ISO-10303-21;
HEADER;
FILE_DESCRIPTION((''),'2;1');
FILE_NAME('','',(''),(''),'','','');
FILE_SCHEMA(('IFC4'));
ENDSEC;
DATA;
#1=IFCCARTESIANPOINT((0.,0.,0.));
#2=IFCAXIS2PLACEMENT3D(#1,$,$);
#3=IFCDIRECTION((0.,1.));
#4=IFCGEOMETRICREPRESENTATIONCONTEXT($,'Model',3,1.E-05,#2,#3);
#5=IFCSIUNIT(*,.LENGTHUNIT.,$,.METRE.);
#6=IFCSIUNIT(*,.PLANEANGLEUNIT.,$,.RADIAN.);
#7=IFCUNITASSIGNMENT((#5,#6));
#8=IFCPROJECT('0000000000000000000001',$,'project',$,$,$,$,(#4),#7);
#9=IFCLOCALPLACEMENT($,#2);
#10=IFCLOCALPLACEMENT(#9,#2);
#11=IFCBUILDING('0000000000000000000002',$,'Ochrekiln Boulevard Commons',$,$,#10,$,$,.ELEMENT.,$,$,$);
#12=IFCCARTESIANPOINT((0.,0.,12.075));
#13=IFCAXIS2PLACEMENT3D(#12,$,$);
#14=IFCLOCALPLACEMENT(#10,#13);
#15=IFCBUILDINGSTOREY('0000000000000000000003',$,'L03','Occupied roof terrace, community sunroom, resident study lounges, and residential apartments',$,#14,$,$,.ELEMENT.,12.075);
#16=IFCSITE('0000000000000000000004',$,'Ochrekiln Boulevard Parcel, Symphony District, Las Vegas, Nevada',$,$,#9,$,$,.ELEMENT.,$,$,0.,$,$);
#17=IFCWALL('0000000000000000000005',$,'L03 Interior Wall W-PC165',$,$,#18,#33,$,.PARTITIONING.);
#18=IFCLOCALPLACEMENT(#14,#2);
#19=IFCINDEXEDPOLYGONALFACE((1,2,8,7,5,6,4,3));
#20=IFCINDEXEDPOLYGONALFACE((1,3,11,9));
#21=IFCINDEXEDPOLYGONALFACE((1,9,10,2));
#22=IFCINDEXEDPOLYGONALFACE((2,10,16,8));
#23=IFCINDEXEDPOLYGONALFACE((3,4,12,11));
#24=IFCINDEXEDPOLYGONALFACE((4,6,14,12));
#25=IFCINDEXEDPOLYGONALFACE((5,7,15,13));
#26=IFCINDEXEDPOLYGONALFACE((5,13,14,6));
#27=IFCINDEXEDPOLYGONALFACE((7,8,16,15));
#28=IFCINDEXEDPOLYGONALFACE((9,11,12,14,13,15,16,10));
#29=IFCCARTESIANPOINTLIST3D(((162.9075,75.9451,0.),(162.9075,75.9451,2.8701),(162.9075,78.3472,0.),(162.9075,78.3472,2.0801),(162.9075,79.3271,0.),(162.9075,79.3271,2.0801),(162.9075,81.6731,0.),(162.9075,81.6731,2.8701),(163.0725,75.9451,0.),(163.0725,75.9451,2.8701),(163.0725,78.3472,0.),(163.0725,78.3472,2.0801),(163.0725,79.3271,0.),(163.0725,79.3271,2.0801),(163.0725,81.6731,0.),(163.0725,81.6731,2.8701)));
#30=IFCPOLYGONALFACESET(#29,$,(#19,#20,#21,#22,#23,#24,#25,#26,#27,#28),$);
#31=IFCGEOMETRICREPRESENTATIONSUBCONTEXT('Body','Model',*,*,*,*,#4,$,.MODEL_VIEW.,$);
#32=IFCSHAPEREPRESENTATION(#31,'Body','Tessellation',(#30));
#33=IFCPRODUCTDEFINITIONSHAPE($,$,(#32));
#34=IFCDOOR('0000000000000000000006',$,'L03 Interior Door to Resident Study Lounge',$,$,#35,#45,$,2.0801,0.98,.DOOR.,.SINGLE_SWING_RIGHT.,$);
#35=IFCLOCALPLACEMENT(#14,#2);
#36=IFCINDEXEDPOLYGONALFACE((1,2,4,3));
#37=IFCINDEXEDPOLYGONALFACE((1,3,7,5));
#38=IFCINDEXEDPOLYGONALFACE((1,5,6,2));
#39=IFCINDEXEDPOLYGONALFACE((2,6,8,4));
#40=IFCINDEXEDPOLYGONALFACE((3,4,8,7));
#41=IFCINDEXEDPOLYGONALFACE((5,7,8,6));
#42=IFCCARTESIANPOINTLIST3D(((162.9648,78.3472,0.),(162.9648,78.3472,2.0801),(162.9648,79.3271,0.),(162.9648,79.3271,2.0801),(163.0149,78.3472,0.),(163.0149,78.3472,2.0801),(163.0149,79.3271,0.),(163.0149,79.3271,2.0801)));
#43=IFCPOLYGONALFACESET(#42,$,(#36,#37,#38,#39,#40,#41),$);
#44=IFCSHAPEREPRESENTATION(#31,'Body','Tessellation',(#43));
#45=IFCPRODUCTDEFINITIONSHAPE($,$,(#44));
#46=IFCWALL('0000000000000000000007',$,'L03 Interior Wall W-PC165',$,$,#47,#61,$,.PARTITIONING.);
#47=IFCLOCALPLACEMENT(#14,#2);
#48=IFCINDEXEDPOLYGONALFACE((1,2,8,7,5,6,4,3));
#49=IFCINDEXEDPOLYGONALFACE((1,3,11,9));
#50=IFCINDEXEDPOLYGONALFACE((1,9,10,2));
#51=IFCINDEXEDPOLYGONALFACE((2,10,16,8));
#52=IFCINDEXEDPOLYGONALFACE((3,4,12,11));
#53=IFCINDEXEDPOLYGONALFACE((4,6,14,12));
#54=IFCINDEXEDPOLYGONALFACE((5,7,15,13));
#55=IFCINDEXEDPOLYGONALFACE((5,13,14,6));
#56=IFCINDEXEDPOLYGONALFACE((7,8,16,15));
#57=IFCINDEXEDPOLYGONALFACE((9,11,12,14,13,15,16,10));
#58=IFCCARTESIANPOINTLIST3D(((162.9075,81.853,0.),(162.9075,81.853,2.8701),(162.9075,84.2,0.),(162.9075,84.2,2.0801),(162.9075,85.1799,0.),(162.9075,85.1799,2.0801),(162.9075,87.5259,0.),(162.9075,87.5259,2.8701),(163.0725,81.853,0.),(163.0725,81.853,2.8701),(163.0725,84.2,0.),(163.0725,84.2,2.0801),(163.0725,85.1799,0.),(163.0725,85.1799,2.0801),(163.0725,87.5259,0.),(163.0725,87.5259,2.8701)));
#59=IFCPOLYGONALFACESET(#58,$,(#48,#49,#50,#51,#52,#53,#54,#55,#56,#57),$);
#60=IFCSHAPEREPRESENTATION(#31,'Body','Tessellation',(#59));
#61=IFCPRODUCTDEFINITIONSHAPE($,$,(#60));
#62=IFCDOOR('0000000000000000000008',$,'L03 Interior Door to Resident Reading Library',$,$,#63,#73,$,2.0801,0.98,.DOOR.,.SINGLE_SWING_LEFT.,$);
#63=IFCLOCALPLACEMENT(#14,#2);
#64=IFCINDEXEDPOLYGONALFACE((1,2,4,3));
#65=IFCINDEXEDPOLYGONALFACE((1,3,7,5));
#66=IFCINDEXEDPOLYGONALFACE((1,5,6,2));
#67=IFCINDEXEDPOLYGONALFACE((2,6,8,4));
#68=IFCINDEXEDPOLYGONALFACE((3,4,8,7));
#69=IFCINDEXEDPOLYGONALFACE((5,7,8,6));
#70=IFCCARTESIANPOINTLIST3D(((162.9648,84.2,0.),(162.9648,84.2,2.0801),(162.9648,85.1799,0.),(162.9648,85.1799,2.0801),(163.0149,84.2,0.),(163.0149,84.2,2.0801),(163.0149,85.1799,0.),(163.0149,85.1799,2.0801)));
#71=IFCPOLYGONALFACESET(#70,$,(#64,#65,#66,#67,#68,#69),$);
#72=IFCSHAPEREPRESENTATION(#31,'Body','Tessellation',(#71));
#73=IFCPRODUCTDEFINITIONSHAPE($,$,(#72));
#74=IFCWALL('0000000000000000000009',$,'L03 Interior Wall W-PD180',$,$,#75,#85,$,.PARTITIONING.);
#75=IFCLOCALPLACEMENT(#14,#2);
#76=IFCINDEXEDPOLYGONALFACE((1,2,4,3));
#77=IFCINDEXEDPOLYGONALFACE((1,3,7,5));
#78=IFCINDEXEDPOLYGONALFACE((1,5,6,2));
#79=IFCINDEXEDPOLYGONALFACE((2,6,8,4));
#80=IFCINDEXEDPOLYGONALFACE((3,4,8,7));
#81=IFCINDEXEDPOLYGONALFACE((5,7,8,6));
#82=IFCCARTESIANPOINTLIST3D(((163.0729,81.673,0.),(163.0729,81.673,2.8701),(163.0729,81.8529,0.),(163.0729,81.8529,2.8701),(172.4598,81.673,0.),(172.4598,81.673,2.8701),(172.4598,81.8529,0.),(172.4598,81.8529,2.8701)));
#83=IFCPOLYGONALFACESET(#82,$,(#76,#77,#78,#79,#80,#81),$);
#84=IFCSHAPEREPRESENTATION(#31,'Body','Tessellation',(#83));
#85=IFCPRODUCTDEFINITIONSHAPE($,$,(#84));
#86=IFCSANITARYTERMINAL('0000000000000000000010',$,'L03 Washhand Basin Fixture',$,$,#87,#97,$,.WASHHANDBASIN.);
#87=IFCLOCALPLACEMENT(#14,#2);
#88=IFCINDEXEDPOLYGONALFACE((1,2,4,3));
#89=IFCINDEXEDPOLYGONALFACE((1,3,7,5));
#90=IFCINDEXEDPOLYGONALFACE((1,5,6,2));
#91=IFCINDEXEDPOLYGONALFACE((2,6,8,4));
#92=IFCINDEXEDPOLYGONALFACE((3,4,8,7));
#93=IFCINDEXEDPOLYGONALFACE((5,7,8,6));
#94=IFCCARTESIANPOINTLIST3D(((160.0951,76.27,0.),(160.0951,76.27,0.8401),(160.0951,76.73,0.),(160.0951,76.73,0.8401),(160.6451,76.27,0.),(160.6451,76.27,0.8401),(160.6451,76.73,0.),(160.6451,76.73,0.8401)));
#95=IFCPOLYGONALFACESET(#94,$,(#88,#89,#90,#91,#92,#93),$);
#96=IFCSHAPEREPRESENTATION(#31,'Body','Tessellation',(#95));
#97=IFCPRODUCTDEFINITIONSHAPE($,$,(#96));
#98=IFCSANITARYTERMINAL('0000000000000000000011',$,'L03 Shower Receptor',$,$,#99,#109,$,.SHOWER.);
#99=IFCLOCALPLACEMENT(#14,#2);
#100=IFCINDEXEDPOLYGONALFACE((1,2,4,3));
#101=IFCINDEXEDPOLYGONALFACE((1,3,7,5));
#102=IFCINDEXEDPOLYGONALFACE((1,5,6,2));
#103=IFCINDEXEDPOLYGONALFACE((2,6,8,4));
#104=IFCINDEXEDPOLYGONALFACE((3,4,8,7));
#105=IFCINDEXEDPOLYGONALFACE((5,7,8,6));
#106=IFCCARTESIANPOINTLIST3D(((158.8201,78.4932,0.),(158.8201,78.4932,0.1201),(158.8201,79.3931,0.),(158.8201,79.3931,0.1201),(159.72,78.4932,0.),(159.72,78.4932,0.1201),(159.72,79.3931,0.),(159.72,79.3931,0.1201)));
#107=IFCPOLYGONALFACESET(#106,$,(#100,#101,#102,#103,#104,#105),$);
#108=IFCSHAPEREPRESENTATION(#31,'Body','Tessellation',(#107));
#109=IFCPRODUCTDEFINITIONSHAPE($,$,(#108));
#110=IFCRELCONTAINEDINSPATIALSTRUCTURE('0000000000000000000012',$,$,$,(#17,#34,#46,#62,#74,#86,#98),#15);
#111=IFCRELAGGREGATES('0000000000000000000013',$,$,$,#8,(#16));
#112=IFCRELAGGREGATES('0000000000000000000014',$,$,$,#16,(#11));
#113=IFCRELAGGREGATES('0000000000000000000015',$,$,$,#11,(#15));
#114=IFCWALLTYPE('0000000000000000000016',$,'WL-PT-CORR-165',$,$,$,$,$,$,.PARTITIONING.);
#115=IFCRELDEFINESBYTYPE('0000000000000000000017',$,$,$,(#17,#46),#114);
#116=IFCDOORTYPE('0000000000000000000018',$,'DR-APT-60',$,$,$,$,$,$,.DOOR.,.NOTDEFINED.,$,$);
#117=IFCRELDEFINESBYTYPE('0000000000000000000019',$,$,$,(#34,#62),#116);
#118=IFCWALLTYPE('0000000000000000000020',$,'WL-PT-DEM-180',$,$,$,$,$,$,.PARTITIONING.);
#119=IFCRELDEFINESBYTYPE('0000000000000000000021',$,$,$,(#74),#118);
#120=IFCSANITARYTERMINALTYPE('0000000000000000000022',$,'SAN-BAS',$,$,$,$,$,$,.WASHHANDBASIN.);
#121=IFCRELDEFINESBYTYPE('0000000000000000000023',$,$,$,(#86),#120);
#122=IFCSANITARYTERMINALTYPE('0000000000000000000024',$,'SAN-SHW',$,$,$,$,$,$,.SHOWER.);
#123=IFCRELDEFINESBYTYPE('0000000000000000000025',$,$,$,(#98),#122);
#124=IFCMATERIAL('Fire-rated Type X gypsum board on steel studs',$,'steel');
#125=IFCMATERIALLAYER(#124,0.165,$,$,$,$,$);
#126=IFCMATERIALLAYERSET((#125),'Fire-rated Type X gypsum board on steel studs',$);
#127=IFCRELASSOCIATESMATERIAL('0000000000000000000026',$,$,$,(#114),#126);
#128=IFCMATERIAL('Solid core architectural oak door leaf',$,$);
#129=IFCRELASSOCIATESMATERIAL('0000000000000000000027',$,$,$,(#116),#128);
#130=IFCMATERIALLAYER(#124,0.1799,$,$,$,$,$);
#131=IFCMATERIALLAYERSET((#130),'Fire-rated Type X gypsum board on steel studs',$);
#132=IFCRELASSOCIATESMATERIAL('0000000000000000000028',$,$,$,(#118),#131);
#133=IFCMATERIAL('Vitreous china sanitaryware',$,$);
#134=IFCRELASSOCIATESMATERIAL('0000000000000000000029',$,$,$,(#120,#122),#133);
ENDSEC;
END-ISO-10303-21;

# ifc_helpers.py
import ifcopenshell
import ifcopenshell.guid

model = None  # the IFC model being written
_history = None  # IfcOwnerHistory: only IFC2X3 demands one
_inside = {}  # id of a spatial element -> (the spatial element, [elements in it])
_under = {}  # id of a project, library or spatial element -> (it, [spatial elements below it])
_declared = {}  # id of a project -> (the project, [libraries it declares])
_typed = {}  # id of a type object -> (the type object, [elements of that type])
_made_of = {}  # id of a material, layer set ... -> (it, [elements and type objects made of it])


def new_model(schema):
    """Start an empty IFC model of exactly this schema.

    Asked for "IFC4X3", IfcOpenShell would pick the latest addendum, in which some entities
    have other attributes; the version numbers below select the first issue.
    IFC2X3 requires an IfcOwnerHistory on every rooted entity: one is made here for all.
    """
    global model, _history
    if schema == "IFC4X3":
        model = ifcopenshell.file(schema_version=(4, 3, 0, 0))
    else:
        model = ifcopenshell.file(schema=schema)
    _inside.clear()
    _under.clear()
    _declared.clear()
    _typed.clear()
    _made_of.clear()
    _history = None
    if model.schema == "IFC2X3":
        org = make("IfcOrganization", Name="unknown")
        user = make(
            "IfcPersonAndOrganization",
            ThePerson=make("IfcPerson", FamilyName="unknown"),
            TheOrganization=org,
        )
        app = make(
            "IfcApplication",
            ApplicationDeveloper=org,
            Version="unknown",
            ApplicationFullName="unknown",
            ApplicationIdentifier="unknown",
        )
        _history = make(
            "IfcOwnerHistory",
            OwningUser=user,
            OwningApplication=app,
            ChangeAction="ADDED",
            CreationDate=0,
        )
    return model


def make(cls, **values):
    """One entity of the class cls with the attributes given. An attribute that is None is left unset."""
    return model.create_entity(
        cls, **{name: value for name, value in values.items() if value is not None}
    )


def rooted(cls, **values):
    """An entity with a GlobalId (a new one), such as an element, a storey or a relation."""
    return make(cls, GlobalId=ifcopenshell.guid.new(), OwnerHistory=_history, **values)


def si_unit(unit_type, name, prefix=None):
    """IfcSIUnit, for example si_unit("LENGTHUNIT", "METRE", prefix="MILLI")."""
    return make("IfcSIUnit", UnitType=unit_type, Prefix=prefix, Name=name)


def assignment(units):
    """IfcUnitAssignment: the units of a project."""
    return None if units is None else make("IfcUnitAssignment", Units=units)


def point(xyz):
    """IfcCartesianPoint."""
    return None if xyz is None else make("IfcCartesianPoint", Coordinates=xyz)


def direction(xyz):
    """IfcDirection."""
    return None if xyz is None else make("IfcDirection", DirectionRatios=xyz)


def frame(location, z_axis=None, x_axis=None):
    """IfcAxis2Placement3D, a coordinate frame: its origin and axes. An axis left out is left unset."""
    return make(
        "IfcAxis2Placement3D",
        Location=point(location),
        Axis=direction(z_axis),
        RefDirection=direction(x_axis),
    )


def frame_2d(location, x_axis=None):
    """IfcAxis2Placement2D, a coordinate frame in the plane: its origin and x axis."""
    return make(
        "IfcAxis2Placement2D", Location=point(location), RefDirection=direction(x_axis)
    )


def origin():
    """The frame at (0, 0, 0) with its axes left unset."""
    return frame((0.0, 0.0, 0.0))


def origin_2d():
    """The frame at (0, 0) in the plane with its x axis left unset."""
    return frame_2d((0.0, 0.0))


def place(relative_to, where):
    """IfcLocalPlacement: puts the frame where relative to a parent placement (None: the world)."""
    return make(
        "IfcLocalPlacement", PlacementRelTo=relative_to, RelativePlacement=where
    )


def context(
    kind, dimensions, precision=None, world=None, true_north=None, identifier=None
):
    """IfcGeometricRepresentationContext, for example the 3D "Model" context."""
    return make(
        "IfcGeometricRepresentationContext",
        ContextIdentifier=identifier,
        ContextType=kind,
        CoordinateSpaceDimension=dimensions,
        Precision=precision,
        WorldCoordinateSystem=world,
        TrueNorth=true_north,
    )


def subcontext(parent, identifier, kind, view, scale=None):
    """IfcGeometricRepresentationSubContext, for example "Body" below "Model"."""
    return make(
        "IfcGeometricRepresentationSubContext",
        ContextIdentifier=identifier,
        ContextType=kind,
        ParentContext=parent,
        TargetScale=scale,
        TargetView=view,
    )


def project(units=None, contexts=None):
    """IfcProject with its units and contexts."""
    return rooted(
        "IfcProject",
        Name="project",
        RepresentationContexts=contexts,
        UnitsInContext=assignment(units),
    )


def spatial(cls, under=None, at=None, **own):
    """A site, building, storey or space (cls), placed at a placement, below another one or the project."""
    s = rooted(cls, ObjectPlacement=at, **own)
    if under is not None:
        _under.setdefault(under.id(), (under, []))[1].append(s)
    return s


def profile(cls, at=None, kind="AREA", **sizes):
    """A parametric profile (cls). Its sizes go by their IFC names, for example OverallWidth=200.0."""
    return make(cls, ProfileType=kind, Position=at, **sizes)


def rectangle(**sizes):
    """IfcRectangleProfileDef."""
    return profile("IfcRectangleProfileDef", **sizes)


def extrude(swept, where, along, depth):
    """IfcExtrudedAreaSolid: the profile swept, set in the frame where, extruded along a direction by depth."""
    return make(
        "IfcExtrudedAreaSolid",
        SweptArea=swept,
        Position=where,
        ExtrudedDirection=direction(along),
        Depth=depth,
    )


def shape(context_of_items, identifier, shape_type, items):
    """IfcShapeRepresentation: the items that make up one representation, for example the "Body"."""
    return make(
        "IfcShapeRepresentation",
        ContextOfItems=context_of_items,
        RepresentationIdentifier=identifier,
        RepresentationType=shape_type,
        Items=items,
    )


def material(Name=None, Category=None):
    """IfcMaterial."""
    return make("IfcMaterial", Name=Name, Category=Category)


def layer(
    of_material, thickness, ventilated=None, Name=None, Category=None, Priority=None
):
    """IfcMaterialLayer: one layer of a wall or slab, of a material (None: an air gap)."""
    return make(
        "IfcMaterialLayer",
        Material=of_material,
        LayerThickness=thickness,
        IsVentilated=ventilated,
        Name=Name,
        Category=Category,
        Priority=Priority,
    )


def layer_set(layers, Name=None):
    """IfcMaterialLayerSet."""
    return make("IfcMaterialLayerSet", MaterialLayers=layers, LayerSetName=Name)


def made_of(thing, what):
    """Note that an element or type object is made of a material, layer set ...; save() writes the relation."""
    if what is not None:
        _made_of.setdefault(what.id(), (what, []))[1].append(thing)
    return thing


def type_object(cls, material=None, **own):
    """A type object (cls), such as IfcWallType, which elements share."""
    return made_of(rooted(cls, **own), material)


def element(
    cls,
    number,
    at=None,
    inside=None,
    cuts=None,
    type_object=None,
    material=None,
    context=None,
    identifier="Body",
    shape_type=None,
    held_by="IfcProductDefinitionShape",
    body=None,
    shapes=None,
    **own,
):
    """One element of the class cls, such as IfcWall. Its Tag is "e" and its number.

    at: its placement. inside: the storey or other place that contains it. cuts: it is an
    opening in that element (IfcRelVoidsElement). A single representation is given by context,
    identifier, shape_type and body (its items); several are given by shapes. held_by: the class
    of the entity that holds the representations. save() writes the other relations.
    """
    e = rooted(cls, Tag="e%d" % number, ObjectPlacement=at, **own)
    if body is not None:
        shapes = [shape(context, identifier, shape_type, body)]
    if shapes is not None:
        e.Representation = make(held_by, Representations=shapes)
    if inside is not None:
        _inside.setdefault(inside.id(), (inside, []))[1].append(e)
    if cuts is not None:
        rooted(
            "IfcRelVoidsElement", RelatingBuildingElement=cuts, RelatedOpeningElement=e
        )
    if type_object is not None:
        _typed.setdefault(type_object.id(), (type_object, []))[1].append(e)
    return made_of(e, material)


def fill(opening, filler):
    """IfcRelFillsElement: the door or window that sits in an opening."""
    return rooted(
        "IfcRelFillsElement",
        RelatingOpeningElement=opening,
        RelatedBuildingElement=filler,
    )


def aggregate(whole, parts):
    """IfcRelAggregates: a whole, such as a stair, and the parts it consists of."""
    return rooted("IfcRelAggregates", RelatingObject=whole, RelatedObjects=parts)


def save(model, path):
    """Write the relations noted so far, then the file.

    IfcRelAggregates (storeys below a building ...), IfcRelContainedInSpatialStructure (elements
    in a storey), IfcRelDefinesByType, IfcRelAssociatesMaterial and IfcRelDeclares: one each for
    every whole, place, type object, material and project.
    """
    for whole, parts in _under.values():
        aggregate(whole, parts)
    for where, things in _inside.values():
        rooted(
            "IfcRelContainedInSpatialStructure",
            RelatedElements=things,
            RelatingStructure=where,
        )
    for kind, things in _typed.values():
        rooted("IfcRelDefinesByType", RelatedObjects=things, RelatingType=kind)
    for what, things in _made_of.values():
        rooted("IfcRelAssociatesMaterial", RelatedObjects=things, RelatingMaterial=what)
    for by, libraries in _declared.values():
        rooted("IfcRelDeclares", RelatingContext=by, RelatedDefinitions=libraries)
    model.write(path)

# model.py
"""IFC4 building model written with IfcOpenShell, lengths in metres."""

from ifc_helpers import new_model, si_unit, direction, frame, frame_2d, origin, origin_2d, place, context, subcontext, project, spatial, rectangle, extrude, material, layer, layer_set, type_object, element, fill, save


model = new_model("IFC4")

# Units and contexts
model_context = context("Model", 3, precision=1e-05, world=origin(), true_north=direction((0.0, 1.0)))
body_context = subcontext(model_context, "Body", "Model", "MODEL_VIEW")
ifc_project = project(units=[si_unit("LENGTHUNIT", "METRE"), si_unit("PLANEANGLEUNIT", "RADIAN")], contexts=[model_context])

# Site, building, storey
site_placement = place(None, origin())
site = spatial("IfcSite", under=ifc_project, at=site_placement, Name="Ochrekiln Boulevard Parcel, Symphony District, Las Vegas, Nevada", CompositionType="ELEMENT", RefElevation=0.0)
building_placement = place(site_placement, origin())
building = spatial("IfcBuilding", under=site, at=building_placement, Name="Ochrekiln Boulevard Commons", CompositionType="ELEMENT")
storey_placement = place(building_placement, frame((0.0, 0.0, 12.075)))
storey = spatial("IfcBuildingStorey", under=building, at=storey_placement, Name="L03", Description="Occupied roof terrace, community sunroom, resident study lounges, and residential apartments", CompositionType="ELEMENT", Elevation=12.075)

# Shared definitions
ifc_material_1 = material(Name="Fire-rated Type X gypsum board on steel studs", Category="steel")

# Shared definitions
ifc_layer_1 = layer(ifc_material_1, 0.165)
ifc_layer_set_1 = layer_set([ifc_layer_1], Name="Fire-rated Type X gypsum board on steel studs")
wall_type_1 = type_object("IfcWallType", Name="WL-PT-CORR-165", PredefinedType="PARTITIONING", material=ifc_layer_set_1)
ifc_material_2 = material(Name="Solid core architectural oak door leaf")

# Walls, openings, doors
wall_1_placement = place(storey_placement, frame((162.99, 75.9451, 0.0), z_axis=(0.0, 0.0, 1.0), x_axis=(0.0, 1.0, 0.0)))
wall_1 = element("IfcWall", 1, at=wall_1_placement, inside=storey, type_object=wall_type_1, Name="L03 Interior Wall W-PC165", PredefinedType="PARTITIONING", context=body_context, shape_type="SweptSolid", body=[
    extrude(rectangle(XDim=5.728, YDim=0.165, at=frame_2d((2.864, 0.0))), origin(), (0.0, 0.0, 1.0), 2.8701),
])
opening_1_placement = place(wall_1_placement, frame((2.4021, 0.0, 0.0)))
opening_1 = element("IfcOpeningElement", 2, at=opening_1_placement, cuts=wall_1, PredefinedType="OPENING", context=body_context, shape_type="SweptSolid", body=[
    extrude(rectangle(XDim=0.98, YDim=2.0801, at=frame_2d((0.49, 1.04))), frame((0.0, 0.0925, 0.0), z_axis=(0.0, -1.0, 0.0), x_axis=(1.0, 0.0, 0.0)), (0.0, 0.0, 1.0), 0.1851),
])
door_type_1 = type_object("IfcDoorType", Name="DR-APT-60", OperationType="NOTDEFINED", PredefinedType="DOOR", material=ifc_material_2)
door_1_placement = place(opening_1_placement, frame((0.98, 0.0, 0.0), z_axis=(0.0, 0.0, 1.0), x_axis=(-1.0, 0.0, 0.0)))
door_1 = element("IfcDoor", 3, at=door_1_placement, inside=storey, type_object=door_type_1, Name="L03 Interior Door to Resident Study Lounge", OperationType="SINGLE_SWING_RIGHT", OverallHeight=2.0801, OverallWidth=0.98, PredefinedType="DOOR", context=body_context, shape_type="SweptSolid", body=[
    extrude(rectangle(XDim=0.98, YDim=2.0801, at=frame_2d((0.49, 1.04))), frame((0.0, 0.0249, 0.0), z_axis=(0.0, -1.0, 0.0), x_axis=(1.0, 0.0, 0.0)), (0.0, 0.0, 1.0), 0.05),
])
fill(opening_1, door_1)
wall_2_placement = place(storey_placement, frame((162.99, 81.853, 0.0), z_axis=(0.0, 0.0, 1.0), x_axis=(0.0, 1.0, 0.0)))
wall_2 = element("IfcWall", 4, at=wall_2_placement, inside=storey, type_object=wall_type_1, Name="L03 Interior Wall W-PC165", PredefinedType="PARTITIONING", context=body_context, shape_type="SweptSolid", body=[
    extrude(rectangle(XDim=5.6729, YDim=0.165, at=frame_2d((2.8364, 0.0))), origin(), (0.0, 0.0, 1.0), 2.8701),
])
opening_2_placement = place(wall_2_placement, frame((2.3469, 0.0, 0.0)))
opening_2 = element("IfcOpeningElement", 5, at=opening_2_placement, cuts=wall_2, PredefinedType="OPENING", context=body_context, shape_type="SweptSolid", body=[
    extrude(rectangle(XDim=0.98, YDim=2.0801, at=frame_2d((0.49, 1.04))), frame((0.0, 0.0925, 0.0), z_axis=(0.0, -1.0, 0.0), x_axis=(1.0, 0.0, 0.0)), (0.0, 0.0, 1.0), 0.1851),
])
door_2_placement = place(opening_2_placement, frame((0.98, 0.0, 0.0), z_axis=(0.0, 0.0, 1.0), x_axis=(-1.0, 0.0, 0.0)))
door_2 = element("IfcDoor", 6, at=door_2_placement, inside=storey, type_object=door_type_1, Name="L03 Interior Door to Resident Reading Library", OperationType="SINGLE_SWING_LEFT", OverallHeight=2.0801, OverallWidth=0.98, PredefinedType="DOOR", context=body_context, shape_type="SweptSolid", body=[
    extrude(rectangle(XDim=0.98, YDim=2.0801, at=frame_2d((0.49, 1.04))), frame((0.0, 0.0249, 0.0), z_axis=(0.0, -1.0, 0.0), x_axis=(1.0, 0.0, 0.0)), (0.0, 0.0, 1.0), 0.05),
])
fill(opening_2, door_2)

# Wall
ifc_layer_2 = layer(ifc_material_1, 0.1799)
ifc_layer_set_2 = layer_set([ifc_layer_2], Name="Fire-rated Type X gypsum board on steel studs")
wall_type_2 = type_object("IfcWallType", Name="WL-PT-DEM-180", PredefinedType="PARTITIONING", material=ifc_layer_set_2)
wall_3_placement = place(storey_placement, frame((163.073, 81.7629, 0.0), z_axis=(0.0, 0.0, 1.0), x_axis=(1.0, 0.0, 0.0)))
element("IfcWall", 7, at=wall_3_placement, inside=storey, type_object=wall_type_2, Name="L03 Interior Wall W-PD180", PredefinedType="PARTITIONING", context=body_context, shape_type="SweptSolid", body=[
    extrude(rectangle(XDim=9.387, YDim=0.1799, at=frame_2d((4.6934, 0.0))), origin(), (0.0, 0.0, 1.0), 2.8701),
])

# Sanitary terminals
ifc_material_3 = material(Name="Vitreous china sanitaryware")
sanitary_terminal_type_1 = type_object("IfcSanitaryTerminalType", Name="SAN-BAS", PredefinedType="WASHHANDBASIN", material=ifc_material_3)
sanitary_terminal_1_placement = place(storey_placement, frame((160.3701, 76.5, 0.0), z_axis=(0.0, 0.0, 1.0), x_axis=(1.0, 0.0, 0.0)))
element("IfcSanitaryTerminal", 8, at=sanitary_terminal_1_placement, inside=storey, type_object=sanitary_terminal_type_1, Name="L03 Washhand Basin Fixture", PredefinedType="WASHHANDBASIN", context=body_context, shape_type="SweptSolid", body=[
    extrude(rectangle(XDim=0.55, YDim=0.46, at=origin_2d()), origin(), (0.0, 0.0, 1.0), 0.8401),
])
sanitary_terminal_type_2 = type_object("IfcSanitaryTerminalType", Name="SAN-SHW", PredefinedType="SHOWER", material=ifc_material_3)
sanitary_terminal_2_placement = place(storey_placement, frame((159.27, 78.9431, 0.0), z_axis=(0.0, 0.0, 1.0), x_axis=(1.0, 0.0, 0.0)))
element("IfcSanitaryTerminal", 9, at=sanitary_terminal_2_placement, inside=storey, type_object=sanitary_terminal_type_2, Name="L03 Shower Receptor", PredefinedType="SHOWER", context=body_context, shape_type="SweptSolid", body=[
    extrude(rectangle(XDim=0.8999, YDim=0.8999, at=origin_2d()), origin(), (0.0, 0.0, 1.0), 0.1201),
])

save(model, "model.ifc")
